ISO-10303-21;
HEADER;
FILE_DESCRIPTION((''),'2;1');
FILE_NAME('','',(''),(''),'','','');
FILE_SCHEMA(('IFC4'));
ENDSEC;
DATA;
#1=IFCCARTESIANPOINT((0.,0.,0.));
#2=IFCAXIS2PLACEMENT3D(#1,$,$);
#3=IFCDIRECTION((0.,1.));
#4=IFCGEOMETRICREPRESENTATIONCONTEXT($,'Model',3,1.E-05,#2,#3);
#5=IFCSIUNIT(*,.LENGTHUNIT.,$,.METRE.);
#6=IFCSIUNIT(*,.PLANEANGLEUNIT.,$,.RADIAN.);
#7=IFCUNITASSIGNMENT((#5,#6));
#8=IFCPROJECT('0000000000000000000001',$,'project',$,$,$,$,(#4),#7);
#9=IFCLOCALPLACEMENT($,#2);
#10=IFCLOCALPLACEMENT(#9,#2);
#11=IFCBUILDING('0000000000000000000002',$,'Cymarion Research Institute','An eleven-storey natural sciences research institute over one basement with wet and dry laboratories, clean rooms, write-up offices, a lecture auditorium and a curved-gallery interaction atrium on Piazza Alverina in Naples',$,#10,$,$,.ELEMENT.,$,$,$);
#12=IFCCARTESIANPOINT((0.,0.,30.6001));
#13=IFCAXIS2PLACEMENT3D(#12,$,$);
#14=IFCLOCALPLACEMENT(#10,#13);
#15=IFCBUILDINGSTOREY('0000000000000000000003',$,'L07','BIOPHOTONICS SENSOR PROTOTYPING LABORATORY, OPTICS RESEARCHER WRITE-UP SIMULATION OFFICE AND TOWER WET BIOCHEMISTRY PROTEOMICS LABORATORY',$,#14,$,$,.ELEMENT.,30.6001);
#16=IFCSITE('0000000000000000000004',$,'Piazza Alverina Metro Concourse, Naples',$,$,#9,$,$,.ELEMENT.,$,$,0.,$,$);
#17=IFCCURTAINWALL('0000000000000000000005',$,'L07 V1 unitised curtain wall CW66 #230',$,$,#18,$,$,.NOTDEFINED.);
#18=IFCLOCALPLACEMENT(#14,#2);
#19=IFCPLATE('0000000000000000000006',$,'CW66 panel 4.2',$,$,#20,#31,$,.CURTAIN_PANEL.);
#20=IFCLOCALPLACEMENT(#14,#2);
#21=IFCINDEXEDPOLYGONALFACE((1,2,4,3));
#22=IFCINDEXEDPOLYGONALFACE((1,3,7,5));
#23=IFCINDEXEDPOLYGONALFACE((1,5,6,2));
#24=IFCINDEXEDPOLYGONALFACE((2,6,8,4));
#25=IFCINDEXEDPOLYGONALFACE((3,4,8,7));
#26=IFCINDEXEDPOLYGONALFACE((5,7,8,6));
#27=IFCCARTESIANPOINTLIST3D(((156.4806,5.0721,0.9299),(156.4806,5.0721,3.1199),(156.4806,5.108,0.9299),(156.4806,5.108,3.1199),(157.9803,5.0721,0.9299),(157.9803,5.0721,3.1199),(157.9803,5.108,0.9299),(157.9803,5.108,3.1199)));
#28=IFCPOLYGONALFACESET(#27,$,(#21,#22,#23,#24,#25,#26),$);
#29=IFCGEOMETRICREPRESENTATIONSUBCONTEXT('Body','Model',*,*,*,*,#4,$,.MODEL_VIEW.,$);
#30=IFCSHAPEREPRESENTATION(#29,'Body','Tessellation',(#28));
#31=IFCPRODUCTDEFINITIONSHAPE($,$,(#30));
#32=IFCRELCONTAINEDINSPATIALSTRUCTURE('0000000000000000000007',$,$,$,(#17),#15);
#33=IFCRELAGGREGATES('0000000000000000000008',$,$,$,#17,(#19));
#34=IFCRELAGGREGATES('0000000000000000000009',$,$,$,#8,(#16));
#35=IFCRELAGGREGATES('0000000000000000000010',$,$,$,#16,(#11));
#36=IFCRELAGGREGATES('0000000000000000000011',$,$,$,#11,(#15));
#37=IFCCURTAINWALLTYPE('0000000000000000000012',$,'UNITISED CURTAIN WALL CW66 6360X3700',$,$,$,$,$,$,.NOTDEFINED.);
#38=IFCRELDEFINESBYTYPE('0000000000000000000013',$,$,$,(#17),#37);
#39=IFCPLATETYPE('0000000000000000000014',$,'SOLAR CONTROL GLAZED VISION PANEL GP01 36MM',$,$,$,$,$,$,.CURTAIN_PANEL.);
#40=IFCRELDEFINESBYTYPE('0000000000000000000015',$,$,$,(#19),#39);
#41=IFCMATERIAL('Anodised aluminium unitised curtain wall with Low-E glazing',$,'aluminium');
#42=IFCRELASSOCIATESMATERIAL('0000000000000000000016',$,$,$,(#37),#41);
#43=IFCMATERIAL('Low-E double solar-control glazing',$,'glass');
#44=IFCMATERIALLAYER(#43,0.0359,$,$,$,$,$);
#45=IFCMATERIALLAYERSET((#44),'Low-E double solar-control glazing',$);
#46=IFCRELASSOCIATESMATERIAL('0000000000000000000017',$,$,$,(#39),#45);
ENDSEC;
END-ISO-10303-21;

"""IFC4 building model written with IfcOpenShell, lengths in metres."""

from ifc_helpers import new_model, si_unit, direction, frame, origin, origin_2d, place, context, subcontext, project, spatial, rectangle, extrude, material, layer, layer_set, type_object, element, aggregate, save


model = new_model("IFC4")

# Units and contexts
model_context = context("Model", 3, precision=1e-05, world=origin(), true_north=direction((0.0, 1.0)))
body_context = subcontext(model_context, "Body", "Model", "MODEL_VIEW")
ifc_project = project(units=[si_unit("LENGTHUNIT", "METRE"), si_unit("PLANEANGLEUNIT", "RADIAN")], contexts=[model_context])

# Site, building, storey
site_placement = place(None, origin())
site = spatial("IfcSite", under=ifc_project, at=site_placement, Name="Piazza Alverina Metro Concourse, Naples", CompositionType="ELEMENT", RefElevation=0.0)
building_placement = place(site_placement, origin())
building = spatial("IfcBuilding", under=site, at=building_placement, Name="Cymarion Research Institute", Description="An eleven-storey natural sciences research institute over one basement with wet and dry laboratories, clean rooms, write-up offices, a lecture auditorium and a curved-gallery interaction atrium on Piazza Alverina in Naples", CompositionType="ELEMENT")
storey_placement = place(building_placement, frame((0.0, 0.0, 30.6001)))
storey = spatial("IfcBuildingStorey", under=building, at=storey_placement, Name="L07", Description="BIOPHOTONICS SENSOR PROTOTYPING LABORATORY, OPTICS RESEARCHER WRITE-UP SIMULATION OFFICE AND TOWER WET BIOCHEMISTRY PROTEOMICS LABORATORY", CompositionType="ELEMENT", Elevation=30.6001)

# Curtain wall
ifc_material_1 = material(Name="Anodised aluminium unitised curtain wall with Low-E glazing", Category="aluminium")
curtain_wall_type = type_object("IfcCurtainWallType", Name="UNITISED CURTAIN WALL CW66 6360X3700", PredefinedType="NOTDEFINED", material=ifc_material_1)
curtain_wall_1_placement = place(storey_placement, origin())
curtain_wall_1 = element("IfcCurtainWall", 1, at=curtain_wall_1_placement, inside=storey, type_object=curtain_wall_type, Name="L07 V1 unitised curtain wall CW66 #230", PredefinedType="NOTDEFINED")

# Plate
ifc_material_2 = material(Name="Low-E double solar-control glazing", Category="glass")
ifc_layer_1 = layer(ifc_material_2, 0.0359)
ifc_layer_set_1 = layer_set([ifc_layer_1], Name="Low-E double solar-control glazing")
plate_type_1 = type_object("IfcPlateType", Name="SOLAR CONTROL GLAZED VISION PANEL GP01 36MM", PredefinedType="CURTAIN_PANEL", material=ifc_layer_set_1)
plate_1_placement = place(storey_placement, frame((157.2305, 5.0901, 0.9299), z_axis=(0.0, 0.0, 1.0), x_axis=(1.0, 0.0, 0.0)))
plate_1 = element("IfcPlate", 2, at=plate_1_placement, type_object=plate_type_1, Name="CW66 panel 4.2", PredefinedType="CURTAIN_PANEL", context=body_context, shape_type="SweptSolid", body=[
    extrude(rectangle(XDim=1.4998, YDim=0.0359, at=origin_2d()), origin(), (0.0, 0.0, 1.0), 2.1899),
])
aggregate(curtain_wall_1, [plate_1])

save(model, "model.ifc")
